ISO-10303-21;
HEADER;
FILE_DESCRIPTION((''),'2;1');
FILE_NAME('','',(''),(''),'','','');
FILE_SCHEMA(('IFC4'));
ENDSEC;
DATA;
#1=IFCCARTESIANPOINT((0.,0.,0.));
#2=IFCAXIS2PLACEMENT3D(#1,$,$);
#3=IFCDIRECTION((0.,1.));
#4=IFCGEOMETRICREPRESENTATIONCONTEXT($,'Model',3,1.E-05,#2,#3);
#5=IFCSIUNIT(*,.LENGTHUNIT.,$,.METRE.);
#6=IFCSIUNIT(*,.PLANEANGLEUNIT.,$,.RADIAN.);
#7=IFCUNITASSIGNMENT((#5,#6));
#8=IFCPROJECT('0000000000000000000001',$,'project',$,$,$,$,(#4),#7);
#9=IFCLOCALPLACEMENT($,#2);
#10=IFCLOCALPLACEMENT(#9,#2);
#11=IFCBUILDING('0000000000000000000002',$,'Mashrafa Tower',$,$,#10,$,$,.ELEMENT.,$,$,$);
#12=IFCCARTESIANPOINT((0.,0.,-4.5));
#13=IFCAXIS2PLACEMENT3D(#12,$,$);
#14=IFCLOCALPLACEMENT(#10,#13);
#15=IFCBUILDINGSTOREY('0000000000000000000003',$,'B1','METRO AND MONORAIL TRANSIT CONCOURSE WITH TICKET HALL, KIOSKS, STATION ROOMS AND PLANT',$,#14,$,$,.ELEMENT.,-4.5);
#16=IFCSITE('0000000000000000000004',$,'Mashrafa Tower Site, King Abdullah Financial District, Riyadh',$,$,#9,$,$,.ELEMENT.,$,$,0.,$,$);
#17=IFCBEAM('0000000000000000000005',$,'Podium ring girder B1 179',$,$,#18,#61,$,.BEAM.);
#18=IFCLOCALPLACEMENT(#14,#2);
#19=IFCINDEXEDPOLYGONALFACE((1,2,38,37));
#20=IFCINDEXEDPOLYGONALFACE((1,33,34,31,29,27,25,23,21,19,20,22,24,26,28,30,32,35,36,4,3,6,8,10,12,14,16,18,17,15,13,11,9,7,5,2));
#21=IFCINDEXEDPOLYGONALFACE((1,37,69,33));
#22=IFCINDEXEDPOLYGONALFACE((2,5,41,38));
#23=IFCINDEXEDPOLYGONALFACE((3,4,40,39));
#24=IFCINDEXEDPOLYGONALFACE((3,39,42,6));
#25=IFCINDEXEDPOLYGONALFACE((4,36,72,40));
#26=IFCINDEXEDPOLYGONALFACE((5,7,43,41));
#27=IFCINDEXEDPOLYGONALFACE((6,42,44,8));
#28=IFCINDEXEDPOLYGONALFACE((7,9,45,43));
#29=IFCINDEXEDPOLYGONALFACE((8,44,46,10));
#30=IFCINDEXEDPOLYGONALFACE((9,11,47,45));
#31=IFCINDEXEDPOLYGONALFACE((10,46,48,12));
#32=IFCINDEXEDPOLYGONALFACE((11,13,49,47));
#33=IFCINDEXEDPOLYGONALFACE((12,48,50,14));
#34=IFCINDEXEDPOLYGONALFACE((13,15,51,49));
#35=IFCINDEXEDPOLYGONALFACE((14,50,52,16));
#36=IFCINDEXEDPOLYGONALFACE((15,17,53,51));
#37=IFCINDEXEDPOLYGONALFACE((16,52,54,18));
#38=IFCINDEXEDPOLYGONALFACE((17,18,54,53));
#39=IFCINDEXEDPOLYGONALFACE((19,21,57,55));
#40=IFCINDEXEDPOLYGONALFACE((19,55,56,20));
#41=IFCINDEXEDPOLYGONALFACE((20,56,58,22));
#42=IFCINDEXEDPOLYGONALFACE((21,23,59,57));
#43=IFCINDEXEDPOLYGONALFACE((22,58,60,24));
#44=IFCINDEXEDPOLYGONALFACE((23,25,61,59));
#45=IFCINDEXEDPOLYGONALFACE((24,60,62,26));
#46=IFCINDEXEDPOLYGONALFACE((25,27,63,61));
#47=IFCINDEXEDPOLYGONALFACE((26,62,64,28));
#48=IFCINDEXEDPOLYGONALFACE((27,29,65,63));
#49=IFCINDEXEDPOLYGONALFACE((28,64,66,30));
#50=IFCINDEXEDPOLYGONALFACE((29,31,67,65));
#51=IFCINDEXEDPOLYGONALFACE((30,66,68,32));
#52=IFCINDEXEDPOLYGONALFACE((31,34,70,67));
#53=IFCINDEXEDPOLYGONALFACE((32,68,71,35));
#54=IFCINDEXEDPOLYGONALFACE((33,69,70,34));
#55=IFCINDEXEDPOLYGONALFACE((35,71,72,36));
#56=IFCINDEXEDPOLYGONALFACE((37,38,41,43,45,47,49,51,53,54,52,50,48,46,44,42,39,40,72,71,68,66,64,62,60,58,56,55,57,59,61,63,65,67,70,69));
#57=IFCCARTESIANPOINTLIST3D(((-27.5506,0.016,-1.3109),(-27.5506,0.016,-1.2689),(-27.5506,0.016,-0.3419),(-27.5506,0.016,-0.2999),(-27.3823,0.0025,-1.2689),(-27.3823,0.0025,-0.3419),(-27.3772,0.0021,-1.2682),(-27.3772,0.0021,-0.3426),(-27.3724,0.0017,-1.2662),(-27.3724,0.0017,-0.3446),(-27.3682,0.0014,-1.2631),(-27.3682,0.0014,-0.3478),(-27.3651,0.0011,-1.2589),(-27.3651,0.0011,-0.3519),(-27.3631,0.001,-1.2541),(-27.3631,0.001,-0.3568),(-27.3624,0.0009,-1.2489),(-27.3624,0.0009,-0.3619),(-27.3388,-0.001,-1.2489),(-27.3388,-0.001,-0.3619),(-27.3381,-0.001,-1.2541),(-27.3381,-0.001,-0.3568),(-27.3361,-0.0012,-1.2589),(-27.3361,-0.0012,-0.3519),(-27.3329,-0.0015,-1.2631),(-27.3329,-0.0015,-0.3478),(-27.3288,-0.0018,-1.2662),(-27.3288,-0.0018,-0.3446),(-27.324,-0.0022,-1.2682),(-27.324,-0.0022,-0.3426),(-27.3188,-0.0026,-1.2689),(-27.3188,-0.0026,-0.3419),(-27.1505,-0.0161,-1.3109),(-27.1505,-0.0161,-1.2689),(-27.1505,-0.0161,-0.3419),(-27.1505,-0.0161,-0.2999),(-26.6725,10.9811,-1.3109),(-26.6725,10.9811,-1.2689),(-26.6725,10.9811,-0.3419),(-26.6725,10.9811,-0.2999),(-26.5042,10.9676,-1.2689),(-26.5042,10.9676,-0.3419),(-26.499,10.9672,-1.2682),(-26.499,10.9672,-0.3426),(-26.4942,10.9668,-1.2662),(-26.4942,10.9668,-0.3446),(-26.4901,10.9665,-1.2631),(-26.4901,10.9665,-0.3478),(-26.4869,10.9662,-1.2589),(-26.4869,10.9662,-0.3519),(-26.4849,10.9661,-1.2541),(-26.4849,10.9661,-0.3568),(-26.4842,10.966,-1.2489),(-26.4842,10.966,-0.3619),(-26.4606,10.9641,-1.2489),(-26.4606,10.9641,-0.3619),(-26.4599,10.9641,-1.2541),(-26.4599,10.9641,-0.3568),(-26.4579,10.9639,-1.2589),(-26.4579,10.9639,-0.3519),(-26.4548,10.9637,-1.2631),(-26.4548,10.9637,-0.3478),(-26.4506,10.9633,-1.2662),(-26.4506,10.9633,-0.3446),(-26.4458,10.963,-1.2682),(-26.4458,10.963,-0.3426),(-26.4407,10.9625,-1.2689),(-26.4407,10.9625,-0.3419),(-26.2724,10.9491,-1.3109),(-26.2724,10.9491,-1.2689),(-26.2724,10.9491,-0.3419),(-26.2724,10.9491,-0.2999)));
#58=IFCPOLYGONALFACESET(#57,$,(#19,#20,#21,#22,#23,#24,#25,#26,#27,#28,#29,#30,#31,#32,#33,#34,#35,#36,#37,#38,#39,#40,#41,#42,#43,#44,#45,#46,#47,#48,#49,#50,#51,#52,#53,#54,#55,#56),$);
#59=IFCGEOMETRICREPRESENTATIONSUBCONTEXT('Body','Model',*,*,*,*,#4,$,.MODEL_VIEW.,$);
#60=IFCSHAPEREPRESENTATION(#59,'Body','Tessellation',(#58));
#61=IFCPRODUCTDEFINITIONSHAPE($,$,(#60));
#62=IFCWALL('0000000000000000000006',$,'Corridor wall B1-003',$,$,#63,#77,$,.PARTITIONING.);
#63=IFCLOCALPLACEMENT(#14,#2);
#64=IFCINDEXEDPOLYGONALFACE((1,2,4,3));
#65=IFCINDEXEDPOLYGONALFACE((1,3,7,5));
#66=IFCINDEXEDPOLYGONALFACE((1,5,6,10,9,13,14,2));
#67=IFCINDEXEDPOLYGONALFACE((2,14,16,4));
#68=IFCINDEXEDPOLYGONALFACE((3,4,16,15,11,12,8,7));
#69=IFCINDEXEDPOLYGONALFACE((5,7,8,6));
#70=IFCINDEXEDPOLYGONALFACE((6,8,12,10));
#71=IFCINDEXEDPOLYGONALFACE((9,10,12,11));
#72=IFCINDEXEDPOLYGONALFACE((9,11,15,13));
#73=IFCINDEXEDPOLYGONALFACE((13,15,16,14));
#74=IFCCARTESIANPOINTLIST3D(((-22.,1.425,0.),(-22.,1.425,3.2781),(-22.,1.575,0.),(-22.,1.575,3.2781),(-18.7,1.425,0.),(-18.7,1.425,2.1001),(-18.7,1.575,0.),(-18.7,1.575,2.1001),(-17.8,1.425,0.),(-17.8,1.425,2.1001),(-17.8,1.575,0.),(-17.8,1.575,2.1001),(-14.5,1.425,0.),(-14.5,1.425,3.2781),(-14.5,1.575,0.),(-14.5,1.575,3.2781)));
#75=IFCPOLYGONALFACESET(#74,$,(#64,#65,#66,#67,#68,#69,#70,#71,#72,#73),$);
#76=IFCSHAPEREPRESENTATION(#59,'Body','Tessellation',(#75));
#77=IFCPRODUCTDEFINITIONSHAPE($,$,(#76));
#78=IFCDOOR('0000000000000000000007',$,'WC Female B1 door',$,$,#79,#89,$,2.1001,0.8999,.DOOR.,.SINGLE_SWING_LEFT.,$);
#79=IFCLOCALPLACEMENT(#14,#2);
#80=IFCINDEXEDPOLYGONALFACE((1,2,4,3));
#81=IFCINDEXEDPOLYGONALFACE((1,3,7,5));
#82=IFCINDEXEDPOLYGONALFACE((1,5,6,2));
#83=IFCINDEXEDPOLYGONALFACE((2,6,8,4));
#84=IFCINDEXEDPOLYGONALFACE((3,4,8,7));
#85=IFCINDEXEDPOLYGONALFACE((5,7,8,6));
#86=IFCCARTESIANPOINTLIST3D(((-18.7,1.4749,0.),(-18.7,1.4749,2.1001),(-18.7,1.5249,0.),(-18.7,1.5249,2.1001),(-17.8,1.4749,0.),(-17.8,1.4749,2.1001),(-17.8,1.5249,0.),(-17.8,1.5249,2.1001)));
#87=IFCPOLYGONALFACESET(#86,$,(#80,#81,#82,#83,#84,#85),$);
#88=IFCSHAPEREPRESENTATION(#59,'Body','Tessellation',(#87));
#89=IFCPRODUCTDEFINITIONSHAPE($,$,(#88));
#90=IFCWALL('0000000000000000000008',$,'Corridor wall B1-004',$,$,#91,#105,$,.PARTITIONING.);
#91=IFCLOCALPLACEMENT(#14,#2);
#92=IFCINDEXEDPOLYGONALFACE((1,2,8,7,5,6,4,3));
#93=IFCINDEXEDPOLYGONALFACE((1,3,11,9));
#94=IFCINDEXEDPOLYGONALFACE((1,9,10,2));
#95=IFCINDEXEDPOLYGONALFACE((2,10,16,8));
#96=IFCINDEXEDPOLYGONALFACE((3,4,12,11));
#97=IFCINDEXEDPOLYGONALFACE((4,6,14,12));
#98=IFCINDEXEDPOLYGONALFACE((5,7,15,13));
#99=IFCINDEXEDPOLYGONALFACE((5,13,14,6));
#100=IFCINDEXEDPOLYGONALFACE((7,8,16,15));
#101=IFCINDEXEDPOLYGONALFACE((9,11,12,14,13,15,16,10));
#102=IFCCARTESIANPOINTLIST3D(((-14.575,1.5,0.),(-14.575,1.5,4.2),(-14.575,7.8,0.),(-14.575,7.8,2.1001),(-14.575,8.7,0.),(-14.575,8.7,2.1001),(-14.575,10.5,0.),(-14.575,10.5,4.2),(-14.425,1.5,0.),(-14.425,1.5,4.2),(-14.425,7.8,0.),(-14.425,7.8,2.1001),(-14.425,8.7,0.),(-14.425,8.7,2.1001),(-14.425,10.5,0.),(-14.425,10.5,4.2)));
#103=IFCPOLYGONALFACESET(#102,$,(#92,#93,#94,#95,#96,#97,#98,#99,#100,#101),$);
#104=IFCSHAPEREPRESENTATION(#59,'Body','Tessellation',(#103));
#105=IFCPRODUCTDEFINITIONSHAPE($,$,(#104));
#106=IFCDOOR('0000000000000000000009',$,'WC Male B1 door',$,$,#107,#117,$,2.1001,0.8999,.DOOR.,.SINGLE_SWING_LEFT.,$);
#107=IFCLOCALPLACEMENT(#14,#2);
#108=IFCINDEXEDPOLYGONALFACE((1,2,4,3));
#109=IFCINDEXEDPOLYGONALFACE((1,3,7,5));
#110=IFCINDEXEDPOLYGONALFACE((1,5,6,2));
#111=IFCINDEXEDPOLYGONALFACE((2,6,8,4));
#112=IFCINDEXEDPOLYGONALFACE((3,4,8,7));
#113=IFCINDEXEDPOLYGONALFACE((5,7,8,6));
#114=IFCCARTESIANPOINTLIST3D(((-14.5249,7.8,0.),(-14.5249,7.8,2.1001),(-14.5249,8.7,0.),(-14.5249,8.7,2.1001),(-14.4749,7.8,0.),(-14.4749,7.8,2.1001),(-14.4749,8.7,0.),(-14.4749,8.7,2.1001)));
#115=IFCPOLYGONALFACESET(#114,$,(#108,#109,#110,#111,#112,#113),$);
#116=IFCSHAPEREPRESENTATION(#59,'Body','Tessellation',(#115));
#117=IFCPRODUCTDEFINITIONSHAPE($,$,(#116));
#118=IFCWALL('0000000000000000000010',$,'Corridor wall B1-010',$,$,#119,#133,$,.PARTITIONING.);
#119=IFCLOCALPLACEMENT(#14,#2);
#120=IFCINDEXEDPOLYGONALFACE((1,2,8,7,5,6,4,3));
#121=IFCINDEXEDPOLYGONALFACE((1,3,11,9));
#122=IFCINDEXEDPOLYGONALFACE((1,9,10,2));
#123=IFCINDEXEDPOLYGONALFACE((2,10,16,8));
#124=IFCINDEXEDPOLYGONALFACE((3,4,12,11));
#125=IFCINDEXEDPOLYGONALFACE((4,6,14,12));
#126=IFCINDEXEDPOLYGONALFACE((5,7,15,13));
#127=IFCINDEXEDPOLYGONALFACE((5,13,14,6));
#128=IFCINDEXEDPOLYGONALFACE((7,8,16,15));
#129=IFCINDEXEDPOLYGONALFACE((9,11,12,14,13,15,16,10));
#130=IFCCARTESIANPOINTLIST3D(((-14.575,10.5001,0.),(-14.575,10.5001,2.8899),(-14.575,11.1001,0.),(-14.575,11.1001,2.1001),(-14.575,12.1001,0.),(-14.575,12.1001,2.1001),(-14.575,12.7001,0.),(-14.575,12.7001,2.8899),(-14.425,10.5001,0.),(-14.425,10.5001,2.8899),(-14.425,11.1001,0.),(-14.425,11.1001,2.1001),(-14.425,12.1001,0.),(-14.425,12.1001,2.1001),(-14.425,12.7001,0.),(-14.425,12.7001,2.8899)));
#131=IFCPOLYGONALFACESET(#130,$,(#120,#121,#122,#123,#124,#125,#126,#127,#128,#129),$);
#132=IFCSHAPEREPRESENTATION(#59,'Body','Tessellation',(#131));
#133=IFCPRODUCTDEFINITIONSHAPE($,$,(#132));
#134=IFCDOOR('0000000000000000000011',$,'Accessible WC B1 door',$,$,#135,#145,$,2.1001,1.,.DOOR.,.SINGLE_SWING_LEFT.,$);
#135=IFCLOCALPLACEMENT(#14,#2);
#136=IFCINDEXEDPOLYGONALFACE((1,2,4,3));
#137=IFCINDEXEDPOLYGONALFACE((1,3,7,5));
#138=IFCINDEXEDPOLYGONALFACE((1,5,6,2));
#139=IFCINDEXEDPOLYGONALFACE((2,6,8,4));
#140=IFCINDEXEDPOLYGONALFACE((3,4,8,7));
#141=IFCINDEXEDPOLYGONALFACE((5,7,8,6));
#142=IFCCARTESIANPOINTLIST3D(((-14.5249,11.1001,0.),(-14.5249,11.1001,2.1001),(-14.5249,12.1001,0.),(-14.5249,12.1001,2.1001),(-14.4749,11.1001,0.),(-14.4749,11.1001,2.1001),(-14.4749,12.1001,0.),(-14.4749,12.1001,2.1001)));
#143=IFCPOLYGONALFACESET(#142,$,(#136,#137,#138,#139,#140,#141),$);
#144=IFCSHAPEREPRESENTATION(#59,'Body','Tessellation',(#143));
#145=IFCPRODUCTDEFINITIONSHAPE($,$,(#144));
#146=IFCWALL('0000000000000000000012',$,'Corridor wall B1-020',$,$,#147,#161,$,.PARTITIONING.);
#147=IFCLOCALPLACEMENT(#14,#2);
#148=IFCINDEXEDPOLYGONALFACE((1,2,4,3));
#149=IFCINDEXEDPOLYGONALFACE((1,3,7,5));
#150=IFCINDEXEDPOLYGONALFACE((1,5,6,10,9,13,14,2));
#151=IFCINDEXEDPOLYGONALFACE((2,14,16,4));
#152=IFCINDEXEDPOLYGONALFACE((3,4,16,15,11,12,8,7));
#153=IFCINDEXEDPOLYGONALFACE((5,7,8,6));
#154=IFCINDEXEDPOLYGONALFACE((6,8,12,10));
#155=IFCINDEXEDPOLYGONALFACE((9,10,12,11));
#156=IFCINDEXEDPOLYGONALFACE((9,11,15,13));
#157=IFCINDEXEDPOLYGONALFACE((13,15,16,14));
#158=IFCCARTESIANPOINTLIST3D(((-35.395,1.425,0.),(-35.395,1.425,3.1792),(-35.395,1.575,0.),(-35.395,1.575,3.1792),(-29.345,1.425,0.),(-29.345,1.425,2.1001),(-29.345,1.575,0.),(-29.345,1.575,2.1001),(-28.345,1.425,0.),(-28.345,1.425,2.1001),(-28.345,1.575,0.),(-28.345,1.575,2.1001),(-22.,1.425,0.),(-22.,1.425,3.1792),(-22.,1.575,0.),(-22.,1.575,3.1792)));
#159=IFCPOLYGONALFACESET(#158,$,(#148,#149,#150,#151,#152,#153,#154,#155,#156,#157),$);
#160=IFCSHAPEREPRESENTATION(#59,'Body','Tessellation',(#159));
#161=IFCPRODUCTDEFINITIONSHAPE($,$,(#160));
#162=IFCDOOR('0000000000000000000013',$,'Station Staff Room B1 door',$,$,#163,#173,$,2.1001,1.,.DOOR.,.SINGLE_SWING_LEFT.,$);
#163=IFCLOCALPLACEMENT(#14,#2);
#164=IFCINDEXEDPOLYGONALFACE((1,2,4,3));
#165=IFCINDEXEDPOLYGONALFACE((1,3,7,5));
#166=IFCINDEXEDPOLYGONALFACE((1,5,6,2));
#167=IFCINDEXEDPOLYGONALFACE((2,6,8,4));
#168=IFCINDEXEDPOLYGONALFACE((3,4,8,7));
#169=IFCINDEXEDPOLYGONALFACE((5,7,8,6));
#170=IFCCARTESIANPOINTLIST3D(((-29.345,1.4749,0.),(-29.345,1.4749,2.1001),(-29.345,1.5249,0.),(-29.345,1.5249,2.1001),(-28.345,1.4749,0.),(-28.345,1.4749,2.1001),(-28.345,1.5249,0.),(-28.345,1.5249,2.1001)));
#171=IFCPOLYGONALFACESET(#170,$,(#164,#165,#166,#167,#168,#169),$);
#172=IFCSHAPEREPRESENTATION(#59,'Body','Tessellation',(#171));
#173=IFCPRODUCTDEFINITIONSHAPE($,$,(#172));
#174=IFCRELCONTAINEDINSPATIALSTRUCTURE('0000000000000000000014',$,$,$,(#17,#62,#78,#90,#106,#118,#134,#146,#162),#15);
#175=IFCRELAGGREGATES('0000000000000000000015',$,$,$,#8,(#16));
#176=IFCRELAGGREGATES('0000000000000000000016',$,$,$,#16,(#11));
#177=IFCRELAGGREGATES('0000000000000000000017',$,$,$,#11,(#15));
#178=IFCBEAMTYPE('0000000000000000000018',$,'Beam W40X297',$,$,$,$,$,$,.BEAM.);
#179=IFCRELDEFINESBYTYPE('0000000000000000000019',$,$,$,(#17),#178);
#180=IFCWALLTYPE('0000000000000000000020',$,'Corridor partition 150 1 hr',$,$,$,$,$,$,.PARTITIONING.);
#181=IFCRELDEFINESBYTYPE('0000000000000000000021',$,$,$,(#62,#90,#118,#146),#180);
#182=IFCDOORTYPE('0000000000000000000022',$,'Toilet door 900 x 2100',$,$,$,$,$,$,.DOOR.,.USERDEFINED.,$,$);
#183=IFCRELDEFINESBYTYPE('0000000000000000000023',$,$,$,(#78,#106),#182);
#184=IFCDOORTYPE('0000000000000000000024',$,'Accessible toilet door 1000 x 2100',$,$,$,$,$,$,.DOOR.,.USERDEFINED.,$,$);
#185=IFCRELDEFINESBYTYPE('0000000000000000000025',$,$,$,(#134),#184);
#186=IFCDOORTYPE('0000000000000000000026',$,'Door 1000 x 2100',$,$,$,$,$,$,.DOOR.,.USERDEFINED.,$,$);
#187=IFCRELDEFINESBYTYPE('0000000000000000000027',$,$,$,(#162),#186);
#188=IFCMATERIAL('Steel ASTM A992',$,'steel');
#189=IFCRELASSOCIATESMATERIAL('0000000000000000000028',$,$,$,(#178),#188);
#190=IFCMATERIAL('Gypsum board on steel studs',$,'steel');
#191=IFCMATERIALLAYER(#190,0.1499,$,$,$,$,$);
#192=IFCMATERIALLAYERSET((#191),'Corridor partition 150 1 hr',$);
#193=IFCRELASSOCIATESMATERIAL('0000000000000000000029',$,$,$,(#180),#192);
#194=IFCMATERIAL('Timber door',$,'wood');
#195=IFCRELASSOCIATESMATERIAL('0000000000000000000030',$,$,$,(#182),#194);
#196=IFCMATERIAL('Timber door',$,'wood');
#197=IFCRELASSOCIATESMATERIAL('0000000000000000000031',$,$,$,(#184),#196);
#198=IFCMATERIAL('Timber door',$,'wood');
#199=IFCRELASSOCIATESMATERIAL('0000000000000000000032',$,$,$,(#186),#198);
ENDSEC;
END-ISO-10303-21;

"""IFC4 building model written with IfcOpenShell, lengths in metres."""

from ifc_helpers import new_model, si_unit, direction, frame, frame_2d, origin, origin_2d, place, context, subcontext, project, spatial, rectangle, i_section, extrude, material, layer, layer_set, material_profile, profile_set, type_object, element, fill, save


model = new_model("IFC4")

# Units and contexts
model_context = context("Model", 3, precision=1e-05, world=origin(), true_north=direction((0.0, 1.0)))
body_context = subcontext(model_context, "Body", "Model", "MODEL_VIEW")
ifc_project = project(units=[si_unit("LENGTHUNIT", "METRE"), si_unit("PLANEANGLEUNIT", "RADIAN")], contexts=[model_context])

# Site, building, storey
site_placement = place(None, origin())
site = spatial("IfcSite", under=ifc_project, at=site_placement, Name="Mashrafa Tower Site, King Abdullah Financial District, Riyadh", CompositionType="ELEMENT", RefElevation=0.0)
building_placement = place(site_placement, origin())
building = spatial("IfcBuilding", under=site, at=building_placement, Name="Mashrafa Tower", CompositionType="ELEMENT")
storey_placement = place(building_placement, frame((0.0, 0.0, -4.5)))
storey = spatial("IfcBuildingStorey", under=building, at=storey_placement, Name="B1", Description="METRO AND MONORAIL TRANSIT CONCOURSE WITH TICKET HALL, KIOSKS, STATION ROOMS AND PLANT", CompositionType="ELEMENT", Elevation=-4.5)

# Beam
ifc_material_1 = material(Name="Steel ASTM A992", Category="steel")
ifc_material_profile_1 = material_profile(ifc_material_1, i_section(OverallWidth=0.4014, OverallDepth=1.011, WebThickness=0.0237, FlangeThickness=0.042, FilletRadius=0.02, at=origin_2d()), Name="W40X297")
ifc_profile_set_1 = profile_set([ifc_material_profile_1], Name="Steel ASTM A992")
beam_type_1 = type_object("IfcBeamType", Name="Beam W40X297", PredefinedType="BEAM", material=ifc_profile_set_1)
beam_1_placement = place(storey_placement, frame((-26.4724, 10.9651, -0.8054), z_axis=(-0.079833, -0.996808, 0.0), x_axis=(0.996808, -0.079833, 0.0)))
element("IfcBeam", 1, at=beam_1_placement, inside=storey, type_object=beam_type_1, Name="Podium ring girder B1 179", PredefinedType="BEAM", context=body_context, shape_type="SweptSolid", body=[
    extrude(i_section(OverallWidth=0.4014, OverallDepth=1.011, WebThickness=0.0237, FlangeThickness=0.042, FilletRadius=0.02, at=origin_2d()), origin(), (0.0, 0.0, 1.0), 11.0002),
])

# Walls, openings, doors
ifc_material_2 = material(Name="Gypsum board on steel studs", Category="steel")
ifc_layer_1 = layer(ifc_material_2, 0.1499)
ifc_layer_set_1 = layer_set([ifc_layer_1], Name="Corridor partition 150 1 hr")
wall_type_1 = type_object("IfcWallType", Name="Corridor partition 150 1 hr", PredefinedType="PARTITIONING", material=ifc_layer_set_1)
wall_1_placement = place(storey_placement, frame((-22.0, 1.5, 0.0), z_axis=(0.0, 0.0, 1.0), x_axis=(1.0, 0.0, 0.0)))
wall_1 = element("IfcWall", 2, at=wall_1_placement, inside=storey, type_object=wall_type_1, Name="Corridor wall B1-003", PredefinedType="PARTITIONING", context=body_context, shape_type="SweptSolid", body=[
    extrude(rectangle(XDim=7.5, YDim=0.1499, at=frame_2d((3.75, 0.0))), origin(), (0.0, 0.0, 1.0), 3.2781),
])
opening_1_placement = place(wall_1_placement, frame((3.3, 0.0, 0.0)))
opening_1 = element("IfcOpeningElement", 3, at=opening_1_placement, cuts=wall_1, PredefinedType="OPENING", context=body_context, shape_type="SweptSolid", body=[
    extrude(rectangle(XDim=0.8999, YDim=2.1001, at=frame_2d((0.45, 1.05))), frame((0.0, 0.085, 0.0), z_axis=(0.0, -1.0, 0.0), x_axis=(1.0, 0.0, 0.0)), (0.0, 0.0, 1.0), 0.1699),
])
ifc_material_3 = material(Name="Timber door", Category="wood")
door_type_1 = type_object("IfcDoorType", Name="Toilet door 900 x 2100", OperationType="USERDEFINED", PredefinedType="DOOR", material=ifc_material_3)
door_1_placement = place(opening_1_placement, origin())
door_1 = element("IfcDoor", 4, at=door_1_placement, inside=storey, type_object=door_type_1, Name="WC Female B1 door", OperationType="SINGLE_SWING_LEFT", OverallHeight=2.1001, OverallWidth=0.8999, PredefinedType="DOOR", context=body_context, shape_type="SweptSolid", body=[
    extrude(rectangle(XDim=0.8999, YDim=2.1001, at=frame_2d((0.45, 1.05))), frame((0.0, 0.0249, 0.0), z_axis=(0.0, -1.0, 0.0), x_axis=(1.0, 0.0, 0.0)), (0.0, 0.0, 1.0), 0.05),
])
fill(opening_1, door_1)
wall_2_placement = place(storey_placement, frame((-14.5, 1.5, 0.0), z_axis=(0.0, 0.0, 1.0), x_axis=(0.0, 1.0, 0.0)))
wall_2 = element("IfcWall", 5, at=wall_2_placement, inside=storey, type_object=wall_type_1, Name="Corridor wall B1-004", PredefinedType="PARTITIONING", context=body_context, shape_type="SweptSolid", body=[
    extrude(rectangle(XDim=9.0, YDim=0.1499, at=frame_2d((4.5, 0.0))), origin(), (0.0, 0.0, 1.0), 4.2),
])
opening_2_placement = place(wall_2_placement, frame((6.3, 0.0, 0.0)))
opening_2 = element("IfcOpeningElement", 6, at=opening_2_placement, cuts=wall_2, PredefinedType="OPENING", context=body_context, shape_type="SweptSolid", body=[
    extrude(rectangle(XDim=0.8999, YDim=2.1001, at=frame_2d((0.45, 1.05))), frame((0.0, 0.085, 0.0), z_axis=(0.0, -1.0, 0.0), x_axis=(1.0, 0.0, 0.0)), (0.0, 0.0, 1.0), 0.1699),
])
door_2_placement = place(opening_2_placement, origin())
door_2 = element("IfcDoor", 7, at=door_2_placement, inside=storey, type_object=door_type_1, Name="WC Male B1 door", OperationType="SINGLE_SWING_LEFT", OverallHeight=2.1001, OverallWidth=0.8999, PredefinedType="DOOR", context=body_context, shape_type="SweptSolid", body=[
    extrude(rectangle(XDim=0.8999, YDim=2.1001, at=frame_2d((0.45, 1.05))), frame((0.0, 0.0249, 0.0), z_axis=(0.0, -1.0, 0.0), x_axis=(1.0, 0.0, 0.0)), (0.0, 0.0, 1.0), 0.05),
])
fill(opening_2, door_2)
wall_3_placement = place(storey_placement, frame((-14.5, 10.5, 0.0), z_axis=(0.0, 0.0, 1.0), x_axis=(0.0, 1.0, 0.0)))
wall_3 = element("IfcWall", 8, at=wall_3_placement, inside=storey, type_object=wall_type_1, Name="Corridor wall B1-010", PredefinedType="PARTITIONING", context=body_context, shape_type="SweptSolid", body=[
    extrude(rectangle(XDim=2.2, YDim=0.1499, at=frame_2d((1.1001, 0.0))), origin(), (0.0, 0.0, 1.0), 2.8899),
])
opening_3_placement = place(wall_3_placement, frame((0.6001, 0.0, 0.0)))
opening_3 = element("IfcOpeningElement", 9, at=opening_3_placement, cuts=wall_3, PredefinedType="OPENING", context=body_context, shape_type="SweptSolid", body=[
    extrude(rectangle(XDim=1.0, YDim=2.1001, at=frame_2d((0.5, 1.05))), frame((0.0, 0.085, 0.0), z_axis=(0.0, -1.0, 0.0), x_axis=(1.0, 0.0, 0.0)), (0.0, 0.0, 1.0), 0.1699),
])
ifc_material_4 = material(Name="Timber door", Category="wood")
door_type_2 = type_object("IfcDoorType", Name="Accessible toilet door 1000 x 2100", OperationType="USERDEFINED", PredefinedType="DOOR", material=ifc_material_4)
door_3_placement = place(opening_3_placement, origin())
door_3 = element("IfcDoor", 10, at=door_3_placement, inside=storey, type_object=door_type_2, Name="Accessible WC B1 door", OperationType="SINGLE_SWING_LEFT", OverallHeight=2.1001, OverallWidth=1.0, PredefinedType="DOOR", context=body_context, shape_type="SweptSolid", body=[
    extrude(rectangle(XDim=1.0, YDim=2.1001, at=frame_2d((0.5, 1.05))), frame((0.0, 0.0249, 0.0), z_axis=(0.0, -1.0, 0.0), x_axis=(1.0, 0.0, 0.0)), (0.0, 0.0, 1.0), 0.05),
])
fill(opening_3, door_3)
wall_4_placement = place(storey_placement, frame((-35.395, 1.5, 0.0), z_axis=(0.0, 0.0, 1.0), x_axis=(1.0, 0.0, 0.0)))
wall_4 = element("IfcWall", 11, at=wall_4_placement, inside=storey, type_object=wall_type_1, Name="Corridor wall B1-020", PredefinedType="PARTITIONING", context=body_context, shape_type="SweptSolid", body=[
    extrude(rectangle(XDim=13.395, YDim=0.1499, at=frame_2d((6.6975, 0.0))), origin(), (0.0, 0.0, 1.0), 3.1792),
])
opening_4_placement = place(wall_4_placement, frame((6.05, 0.0, 0.0)))
opening_4 = element("IfcOpeningElement", 12, at=opening_4_placement, cuts=wall_4, PredefinedType="OPENING", context=body_context, shape_type="SweptSolid", body=[
    extrude(rectangle(XDim=1.0, YDim=2.1001, at=frame_2d((0.5, 1.05))), frame((0.0, 0.085, 0.0), z_axis=(0.0, -1.0, 0.0), x_axis=(1.0, 0.0, 0.0)), (0.0, 0.0, 1.0), 0.1699),
])
ifc_material_5 = material(Name="Timber door", Category="wood")
door_type_3 = type_object("IfcDoorType", Name="Door 1000 x 2100", OperationType="USERDEFINED", PredefinedType="DOOR", material=ifc_material_5)
door_4_placement = place(opening_4_placement, origin())
door_4 = element("IfcDoor", 13, at=door_4_placement, inside=storey, type_object=door_type_3, Name="Station Staff Room B1 door", OperationType="SINGLE_SWING_LEFT", OverallHeight=2.1001, OverallWidth=1.0, PredefinedType="DOOR", context=body_context, shape_type="SweptSolid", body=[
    extrude(rectangle(XDim=1.0, YDim=2.1001, at=frame_2d((0.5, 1.05))), frame((0.0, 0.0249, 0.0), z_axis=(0.0, -1.0, 0.0), x_axis=(1.0, 0.0, 0.0)), (0.0, 0.0, 1.0), 0.05),
])
fill(opening_4, door_4)

save(model, "model.ifc")
